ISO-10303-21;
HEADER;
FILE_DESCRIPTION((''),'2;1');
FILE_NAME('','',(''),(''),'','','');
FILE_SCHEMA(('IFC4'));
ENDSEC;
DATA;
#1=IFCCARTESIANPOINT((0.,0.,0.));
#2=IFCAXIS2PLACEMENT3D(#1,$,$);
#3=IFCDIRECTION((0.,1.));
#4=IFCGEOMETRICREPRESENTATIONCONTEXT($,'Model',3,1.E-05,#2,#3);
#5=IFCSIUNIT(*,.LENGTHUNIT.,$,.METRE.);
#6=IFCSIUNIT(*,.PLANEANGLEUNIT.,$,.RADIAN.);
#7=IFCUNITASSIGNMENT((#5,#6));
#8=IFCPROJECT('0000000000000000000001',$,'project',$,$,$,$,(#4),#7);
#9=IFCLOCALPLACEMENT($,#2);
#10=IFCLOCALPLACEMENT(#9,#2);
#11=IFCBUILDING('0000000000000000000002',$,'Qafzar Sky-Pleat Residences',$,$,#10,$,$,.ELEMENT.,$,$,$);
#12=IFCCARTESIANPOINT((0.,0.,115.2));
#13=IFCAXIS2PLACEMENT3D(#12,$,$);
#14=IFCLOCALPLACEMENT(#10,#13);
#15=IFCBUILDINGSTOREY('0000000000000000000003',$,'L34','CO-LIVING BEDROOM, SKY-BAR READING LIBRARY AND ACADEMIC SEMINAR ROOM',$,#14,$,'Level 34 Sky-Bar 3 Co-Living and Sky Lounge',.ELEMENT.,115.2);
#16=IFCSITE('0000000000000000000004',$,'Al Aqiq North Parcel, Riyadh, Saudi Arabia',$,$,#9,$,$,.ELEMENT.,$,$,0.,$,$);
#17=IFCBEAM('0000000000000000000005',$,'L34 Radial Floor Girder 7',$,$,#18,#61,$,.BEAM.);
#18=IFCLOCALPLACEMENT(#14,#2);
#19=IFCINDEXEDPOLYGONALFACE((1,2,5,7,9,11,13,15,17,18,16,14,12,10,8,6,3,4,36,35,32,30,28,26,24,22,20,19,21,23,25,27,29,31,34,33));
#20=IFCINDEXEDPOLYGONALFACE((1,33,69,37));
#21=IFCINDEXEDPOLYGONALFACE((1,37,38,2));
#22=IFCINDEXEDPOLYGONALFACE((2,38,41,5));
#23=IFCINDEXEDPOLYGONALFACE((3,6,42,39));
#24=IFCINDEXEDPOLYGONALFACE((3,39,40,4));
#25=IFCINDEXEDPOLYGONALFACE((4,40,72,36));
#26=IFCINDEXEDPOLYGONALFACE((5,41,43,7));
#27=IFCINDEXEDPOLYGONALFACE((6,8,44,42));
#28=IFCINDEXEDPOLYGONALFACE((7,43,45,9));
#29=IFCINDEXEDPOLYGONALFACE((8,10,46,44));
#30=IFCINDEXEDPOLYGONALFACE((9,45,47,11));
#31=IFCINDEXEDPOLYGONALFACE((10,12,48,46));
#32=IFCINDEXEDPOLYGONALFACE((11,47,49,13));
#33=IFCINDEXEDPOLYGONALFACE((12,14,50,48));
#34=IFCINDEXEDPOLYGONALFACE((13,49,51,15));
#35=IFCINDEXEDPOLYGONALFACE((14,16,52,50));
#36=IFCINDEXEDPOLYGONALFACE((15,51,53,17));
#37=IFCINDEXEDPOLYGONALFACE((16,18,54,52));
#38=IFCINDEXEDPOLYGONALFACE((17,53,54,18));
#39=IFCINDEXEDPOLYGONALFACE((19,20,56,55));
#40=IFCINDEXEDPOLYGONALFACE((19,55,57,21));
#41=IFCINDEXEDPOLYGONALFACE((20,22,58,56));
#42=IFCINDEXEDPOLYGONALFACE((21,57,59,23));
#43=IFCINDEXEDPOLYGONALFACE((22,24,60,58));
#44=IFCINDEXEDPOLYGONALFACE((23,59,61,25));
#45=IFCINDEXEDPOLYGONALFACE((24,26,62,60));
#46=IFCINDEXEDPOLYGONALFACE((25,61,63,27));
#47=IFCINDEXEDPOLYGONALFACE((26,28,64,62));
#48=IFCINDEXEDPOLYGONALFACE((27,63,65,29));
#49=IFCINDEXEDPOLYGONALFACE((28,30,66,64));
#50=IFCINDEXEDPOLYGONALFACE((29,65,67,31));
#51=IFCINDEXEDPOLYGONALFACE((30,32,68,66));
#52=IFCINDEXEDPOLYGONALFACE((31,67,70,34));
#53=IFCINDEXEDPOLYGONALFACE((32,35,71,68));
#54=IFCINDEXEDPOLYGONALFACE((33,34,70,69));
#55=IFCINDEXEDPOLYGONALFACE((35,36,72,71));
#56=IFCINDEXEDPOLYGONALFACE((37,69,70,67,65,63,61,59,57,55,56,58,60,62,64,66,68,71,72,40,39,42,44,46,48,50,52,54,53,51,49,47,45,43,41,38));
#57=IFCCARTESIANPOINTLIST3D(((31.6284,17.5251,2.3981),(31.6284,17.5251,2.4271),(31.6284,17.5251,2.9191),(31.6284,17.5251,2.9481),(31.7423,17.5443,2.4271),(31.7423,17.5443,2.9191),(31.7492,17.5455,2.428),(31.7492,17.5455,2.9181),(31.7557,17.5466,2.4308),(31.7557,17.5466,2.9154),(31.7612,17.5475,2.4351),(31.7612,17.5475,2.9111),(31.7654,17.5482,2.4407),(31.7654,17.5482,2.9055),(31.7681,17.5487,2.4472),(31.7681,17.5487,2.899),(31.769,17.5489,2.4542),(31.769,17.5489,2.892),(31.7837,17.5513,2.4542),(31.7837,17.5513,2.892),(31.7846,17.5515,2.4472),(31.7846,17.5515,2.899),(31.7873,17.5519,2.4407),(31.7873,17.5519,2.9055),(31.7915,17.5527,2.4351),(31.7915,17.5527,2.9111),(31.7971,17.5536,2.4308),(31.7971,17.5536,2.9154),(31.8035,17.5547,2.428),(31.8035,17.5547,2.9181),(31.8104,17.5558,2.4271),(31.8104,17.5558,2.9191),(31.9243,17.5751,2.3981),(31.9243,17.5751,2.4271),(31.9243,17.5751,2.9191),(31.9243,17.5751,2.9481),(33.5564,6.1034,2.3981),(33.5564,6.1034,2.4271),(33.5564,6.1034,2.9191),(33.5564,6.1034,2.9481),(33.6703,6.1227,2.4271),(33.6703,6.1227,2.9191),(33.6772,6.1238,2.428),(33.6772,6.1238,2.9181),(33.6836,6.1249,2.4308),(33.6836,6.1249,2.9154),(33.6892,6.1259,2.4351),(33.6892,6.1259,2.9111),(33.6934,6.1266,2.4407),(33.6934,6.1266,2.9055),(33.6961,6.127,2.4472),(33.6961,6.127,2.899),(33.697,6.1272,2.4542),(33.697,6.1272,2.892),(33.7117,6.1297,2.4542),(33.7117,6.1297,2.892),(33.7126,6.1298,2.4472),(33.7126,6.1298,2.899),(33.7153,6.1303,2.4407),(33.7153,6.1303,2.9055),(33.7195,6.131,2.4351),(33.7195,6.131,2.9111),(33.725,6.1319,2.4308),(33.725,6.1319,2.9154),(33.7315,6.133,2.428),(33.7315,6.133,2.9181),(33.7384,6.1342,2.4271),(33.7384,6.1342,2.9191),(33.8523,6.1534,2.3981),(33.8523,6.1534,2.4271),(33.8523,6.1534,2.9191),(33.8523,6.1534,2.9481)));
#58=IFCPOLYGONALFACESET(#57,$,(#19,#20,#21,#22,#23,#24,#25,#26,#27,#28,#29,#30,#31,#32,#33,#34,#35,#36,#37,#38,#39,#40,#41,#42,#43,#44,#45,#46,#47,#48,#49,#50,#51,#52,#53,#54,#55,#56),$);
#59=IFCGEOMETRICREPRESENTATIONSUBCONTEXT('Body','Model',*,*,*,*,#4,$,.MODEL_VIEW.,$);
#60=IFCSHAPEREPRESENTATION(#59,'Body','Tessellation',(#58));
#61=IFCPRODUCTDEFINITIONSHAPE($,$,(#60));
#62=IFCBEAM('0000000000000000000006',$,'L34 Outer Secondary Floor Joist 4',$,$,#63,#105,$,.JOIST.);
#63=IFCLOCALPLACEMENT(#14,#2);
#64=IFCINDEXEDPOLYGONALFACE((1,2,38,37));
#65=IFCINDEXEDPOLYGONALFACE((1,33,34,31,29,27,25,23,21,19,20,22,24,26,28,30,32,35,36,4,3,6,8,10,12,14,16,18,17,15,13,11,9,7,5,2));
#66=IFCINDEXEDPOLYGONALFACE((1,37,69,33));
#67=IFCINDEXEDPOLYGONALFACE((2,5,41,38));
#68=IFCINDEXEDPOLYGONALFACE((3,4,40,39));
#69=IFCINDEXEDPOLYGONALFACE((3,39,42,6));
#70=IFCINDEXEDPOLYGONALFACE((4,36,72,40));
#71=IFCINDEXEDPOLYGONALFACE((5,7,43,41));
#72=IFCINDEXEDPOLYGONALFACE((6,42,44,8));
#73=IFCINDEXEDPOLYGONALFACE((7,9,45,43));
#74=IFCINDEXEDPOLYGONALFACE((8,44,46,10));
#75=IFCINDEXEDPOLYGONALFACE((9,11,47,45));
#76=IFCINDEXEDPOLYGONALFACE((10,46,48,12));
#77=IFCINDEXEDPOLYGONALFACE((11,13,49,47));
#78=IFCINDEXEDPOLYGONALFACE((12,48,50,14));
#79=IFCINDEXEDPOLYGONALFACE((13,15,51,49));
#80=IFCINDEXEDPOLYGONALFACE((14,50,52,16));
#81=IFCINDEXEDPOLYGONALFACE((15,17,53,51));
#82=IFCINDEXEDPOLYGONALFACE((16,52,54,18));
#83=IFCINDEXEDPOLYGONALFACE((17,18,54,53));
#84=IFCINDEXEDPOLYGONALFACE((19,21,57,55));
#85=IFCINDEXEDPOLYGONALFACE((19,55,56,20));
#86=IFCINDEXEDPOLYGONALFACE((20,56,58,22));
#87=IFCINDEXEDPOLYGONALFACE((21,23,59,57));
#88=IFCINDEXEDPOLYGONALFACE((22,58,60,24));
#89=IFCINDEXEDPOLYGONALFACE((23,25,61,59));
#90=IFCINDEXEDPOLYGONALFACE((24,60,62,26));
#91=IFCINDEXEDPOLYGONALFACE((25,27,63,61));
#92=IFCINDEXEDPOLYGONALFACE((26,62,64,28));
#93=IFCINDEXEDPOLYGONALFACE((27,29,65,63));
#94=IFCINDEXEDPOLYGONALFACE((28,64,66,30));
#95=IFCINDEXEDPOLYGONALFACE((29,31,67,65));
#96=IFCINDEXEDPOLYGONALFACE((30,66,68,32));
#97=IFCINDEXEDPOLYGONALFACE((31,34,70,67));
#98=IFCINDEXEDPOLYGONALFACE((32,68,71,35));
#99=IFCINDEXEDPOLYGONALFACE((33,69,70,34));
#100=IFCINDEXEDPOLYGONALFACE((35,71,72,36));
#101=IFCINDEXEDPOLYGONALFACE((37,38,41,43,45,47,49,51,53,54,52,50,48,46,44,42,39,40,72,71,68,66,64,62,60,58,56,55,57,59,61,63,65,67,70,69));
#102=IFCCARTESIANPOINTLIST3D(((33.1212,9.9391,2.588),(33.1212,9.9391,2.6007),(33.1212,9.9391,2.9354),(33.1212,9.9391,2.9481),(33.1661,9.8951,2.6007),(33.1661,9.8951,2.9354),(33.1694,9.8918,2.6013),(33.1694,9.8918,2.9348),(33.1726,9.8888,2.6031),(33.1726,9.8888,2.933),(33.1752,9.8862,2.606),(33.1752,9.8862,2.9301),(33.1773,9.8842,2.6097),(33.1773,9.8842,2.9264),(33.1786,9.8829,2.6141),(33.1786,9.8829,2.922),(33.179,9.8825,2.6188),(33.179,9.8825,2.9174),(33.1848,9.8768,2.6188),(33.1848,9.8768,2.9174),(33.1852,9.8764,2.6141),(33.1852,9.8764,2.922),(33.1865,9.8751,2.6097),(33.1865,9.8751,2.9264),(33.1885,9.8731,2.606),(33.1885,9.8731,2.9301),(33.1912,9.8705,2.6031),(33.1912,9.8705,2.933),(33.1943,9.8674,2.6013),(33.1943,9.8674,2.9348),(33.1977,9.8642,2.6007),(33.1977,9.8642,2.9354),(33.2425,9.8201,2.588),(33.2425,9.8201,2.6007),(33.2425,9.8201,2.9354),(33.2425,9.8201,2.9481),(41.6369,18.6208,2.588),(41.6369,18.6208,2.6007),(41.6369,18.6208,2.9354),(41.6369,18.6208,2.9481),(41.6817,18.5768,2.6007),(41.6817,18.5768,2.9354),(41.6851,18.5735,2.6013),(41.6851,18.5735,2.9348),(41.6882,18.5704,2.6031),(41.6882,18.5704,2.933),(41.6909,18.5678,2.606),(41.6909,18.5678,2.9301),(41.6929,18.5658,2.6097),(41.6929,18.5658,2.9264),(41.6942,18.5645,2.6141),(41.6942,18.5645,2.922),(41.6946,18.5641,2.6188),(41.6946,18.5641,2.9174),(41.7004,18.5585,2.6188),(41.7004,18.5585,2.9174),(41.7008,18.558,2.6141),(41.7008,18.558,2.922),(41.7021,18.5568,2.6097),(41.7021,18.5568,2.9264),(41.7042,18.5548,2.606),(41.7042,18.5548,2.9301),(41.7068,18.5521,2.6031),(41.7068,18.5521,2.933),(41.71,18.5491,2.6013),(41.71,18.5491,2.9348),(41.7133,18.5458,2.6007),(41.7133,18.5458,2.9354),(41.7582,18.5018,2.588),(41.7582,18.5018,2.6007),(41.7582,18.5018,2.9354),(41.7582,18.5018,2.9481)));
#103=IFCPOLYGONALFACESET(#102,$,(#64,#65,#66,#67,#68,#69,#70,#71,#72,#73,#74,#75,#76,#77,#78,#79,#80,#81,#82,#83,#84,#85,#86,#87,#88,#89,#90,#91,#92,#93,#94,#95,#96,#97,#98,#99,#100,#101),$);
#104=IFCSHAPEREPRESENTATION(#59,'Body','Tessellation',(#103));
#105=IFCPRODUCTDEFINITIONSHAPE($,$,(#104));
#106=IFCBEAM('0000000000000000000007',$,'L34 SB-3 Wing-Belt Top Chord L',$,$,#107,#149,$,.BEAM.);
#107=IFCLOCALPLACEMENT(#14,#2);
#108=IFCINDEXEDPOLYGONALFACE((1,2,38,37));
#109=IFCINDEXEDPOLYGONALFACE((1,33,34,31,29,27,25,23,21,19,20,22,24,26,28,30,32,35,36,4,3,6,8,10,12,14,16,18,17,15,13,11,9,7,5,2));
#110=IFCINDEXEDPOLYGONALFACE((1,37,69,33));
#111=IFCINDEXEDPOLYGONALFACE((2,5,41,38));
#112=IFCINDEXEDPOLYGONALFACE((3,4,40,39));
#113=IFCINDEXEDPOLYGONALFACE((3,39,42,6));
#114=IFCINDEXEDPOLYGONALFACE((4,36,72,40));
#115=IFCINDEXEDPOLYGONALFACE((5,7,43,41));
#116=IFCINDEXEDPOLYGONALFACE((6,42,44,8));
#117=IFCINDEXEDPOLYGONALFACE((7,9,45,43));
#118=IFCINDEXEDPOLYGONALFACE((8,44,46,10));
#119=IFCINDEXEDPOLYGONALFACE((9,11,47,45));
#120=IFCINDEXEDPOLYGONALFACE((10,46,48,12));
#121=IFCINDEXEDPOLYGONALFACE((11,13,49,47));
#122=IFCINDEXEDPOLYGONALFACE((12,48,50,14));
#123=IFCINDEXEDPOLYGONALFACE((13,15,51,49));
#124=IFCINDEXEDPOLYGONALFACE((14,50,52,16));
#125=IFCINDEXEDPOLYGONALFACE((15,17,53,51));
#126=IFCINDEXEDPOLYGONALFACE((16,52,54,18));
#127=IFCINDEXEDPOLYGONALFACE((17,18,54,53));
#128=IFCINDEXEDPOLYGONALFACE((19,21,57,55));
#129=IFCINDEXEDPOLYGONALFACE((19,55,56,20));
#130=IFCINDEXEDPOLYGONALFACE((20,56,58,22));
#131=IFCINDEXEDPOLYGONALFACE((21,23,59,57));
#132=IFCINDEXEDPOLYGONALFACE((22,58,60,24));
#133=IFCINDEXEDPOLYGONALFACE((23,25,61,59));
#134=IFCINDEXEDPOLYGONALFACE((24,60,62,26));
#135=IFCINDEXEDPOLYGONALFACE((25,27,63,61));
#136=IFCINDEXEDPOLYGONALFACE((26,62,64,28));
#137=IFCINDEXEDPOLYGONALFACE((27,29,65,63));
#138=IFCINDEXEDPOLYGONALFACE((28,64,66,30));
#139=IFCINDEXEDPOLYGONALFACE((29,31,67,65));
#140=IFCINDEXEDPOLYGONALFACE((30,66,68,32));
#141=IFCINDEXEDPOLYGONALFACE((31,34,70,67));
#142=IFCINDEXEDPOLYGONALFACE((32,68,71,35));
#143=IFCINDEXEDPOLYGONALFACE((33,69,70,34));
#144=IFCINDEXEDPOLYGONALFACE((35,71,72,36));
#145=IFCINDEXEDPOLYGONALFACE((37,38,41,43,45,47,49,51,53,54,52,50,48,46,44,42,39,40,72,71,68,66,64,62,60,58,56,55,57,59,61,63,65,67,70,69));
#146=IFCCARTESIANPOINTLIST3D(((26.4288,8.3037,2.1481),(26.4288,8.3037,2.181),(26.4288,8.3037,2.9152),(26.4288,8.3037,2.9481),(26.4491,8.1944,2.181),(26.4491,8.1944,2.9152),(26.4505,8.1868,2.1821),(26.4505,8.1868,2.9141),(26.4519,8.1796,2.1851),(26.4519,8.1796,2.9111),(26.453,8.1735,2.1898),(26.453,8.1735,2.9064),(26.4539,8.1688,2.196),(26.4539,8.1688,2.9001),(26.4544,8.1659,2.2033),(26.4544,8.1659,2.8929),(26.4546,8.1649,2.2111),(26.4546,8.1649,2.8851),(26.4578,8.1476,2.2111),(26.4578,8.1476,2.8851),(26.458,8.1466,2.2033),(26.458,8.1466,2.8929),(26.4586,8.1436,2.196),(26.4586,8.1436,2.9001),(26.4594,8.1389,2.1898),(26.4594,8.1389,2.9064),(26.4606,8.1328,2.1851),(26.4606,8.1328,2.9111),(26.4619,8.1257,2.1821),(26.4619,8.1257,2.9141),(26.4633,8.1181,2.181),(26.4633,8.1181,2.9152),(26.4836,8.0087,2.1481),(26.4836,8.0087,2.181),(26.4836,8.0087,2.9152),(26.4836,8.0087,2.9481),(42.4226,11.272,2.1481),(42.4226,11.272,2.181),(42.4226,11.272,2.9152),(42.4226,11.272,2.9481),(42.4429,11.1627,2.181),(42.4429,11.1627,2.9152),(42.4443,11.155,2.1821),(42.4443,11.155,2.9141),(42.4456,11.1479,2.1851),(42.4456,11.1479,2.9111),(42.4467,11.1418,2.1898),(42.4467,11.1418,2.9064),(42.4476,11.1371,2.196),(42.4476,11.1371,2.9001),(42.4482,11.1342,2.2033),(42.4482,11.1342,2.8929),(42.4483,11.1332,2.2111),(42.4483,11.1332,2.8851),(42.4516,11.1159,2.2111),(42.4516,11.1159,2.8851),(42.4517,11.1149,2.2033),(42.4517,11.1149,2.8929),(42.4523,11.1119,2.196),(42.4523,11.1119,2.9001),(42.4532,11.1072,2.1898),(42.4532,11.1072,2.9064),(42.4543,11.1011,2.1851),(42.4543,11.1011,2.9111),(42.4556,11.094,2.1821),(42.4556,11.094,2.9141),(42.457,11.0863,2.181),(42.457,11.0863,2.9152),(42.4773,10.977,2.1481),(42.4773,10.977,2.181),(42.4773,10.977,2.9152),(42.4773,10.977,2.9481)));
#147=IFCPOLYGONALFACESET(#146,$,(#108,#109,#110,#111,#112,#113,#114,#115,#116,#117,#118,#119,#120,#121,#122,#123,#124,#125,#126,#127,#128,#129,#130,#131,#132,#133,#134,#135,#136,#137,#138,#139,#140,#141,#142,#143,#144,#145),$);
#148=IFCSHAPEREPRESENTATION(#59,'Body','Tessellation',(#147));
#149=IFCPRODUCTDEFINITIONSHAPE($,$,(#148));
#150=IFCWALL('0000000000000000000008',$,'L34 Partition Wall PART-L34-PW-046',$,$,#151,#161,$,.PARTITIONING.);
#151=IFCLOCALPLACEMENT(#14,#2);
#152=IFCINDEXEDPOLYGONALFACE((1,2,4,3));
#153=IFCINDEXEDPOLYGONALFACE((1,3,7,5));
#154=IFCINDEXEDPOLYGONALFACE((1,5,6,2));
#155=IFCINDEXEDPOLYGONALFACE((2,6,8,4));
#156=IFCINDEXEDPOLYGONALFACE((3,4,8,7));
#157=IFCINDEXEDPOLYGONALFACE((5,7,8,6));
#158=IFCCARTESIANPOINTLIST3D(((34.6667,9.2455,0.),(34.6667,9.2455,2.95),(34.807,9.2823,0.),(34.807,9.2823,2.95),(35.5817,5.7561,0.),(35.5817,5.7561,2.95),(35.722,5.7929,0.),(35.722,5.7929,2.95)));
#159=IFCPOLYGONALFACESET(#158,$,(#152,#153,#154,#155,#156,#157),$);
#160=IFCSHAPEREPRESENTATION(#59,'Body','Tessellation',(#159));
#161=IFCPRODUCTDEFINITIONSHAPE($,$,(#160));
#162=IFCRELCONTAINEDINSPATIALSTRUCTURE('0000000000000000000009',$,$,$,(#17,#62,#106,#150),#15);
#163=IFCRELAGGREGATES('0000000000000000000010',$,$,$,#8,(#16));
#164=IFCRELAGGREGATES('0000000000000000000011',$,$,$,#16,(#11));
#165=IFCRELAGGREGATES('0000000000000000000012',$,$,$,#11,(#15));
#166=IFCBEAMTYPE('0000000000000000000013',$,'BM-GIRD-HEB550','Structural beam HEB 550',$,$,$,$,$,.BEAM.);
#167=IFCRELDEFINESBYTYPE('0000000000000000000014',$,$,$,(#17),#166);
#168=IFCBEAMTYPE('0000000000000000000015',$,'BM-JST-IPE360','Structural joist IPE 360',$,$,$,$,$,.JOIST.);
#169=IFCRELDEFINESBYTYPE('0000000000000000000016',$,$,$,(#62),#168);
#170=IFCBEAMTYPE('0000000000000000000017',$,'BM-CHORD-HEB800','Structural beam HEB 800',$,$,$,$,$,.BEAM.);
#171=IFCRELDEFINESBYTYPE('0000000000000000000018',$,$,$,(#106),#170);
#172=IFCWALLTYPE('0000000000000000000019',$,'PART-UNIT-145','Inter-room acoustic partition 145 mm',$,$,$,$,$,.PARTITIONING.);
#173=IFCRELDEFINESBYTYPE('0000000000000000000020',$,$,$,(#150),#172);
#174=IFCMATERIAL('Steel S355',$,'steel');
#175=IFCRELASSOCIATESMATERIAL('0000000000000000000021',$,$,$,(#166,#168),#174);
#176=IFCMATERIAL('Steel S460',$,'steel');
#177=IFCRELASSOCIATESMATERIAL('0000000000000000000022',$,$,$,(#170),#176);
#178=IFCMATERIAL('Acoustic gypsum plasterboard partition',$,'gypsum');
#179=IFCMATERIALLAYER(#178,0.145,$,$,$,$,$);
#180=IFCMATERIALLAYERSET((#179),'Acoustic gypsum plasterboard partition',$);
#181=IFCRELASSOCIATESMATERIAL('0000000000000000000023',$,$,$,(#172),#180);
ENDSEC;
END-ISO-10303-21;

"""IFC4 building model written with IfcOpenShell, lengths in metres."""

from ifc_helpers import new_model, si_unit, direction, frame, frame_2d, origin, origin_2d, place, context, subcontext, project, spatial, rectangle, i_section, extrude, source, transform, mapped, material, layer, layer_set, material_profile, profile_set, type_object, element, save


model = new_model("IFC4")

# Units and contexts
model_context = context("Model", 3, precision=1e-05, world=origin(), true_north=direction((0.0, 1.0)))
body_context = subcontext(model_context, "Body", "Model", "MODEL_VIEW")
ifc_project = project(units=[si_unit("LENGTHUNIT", "METRE"), si_unit("PLANEANGLEUNIT", "RADIAN")], contexts=[model_context])

# Site, building, storey
site_placement = place(None, origin())
site = spatial("IfcSite", under=ifc_project, at=site_placement, Name="Al Aqiq North Parcel, Riyadh, Saudi Arabia", CompositionType="ELEMENT", RefElevation=0.0)
building_placement = place(site_placement, origin())
building = spatial("IfcBuilding", under=site, at=building_placement, Name="Qafzar Sky-Pleat Residences", CompositionType="ELEMENT")
storey_placement = place(building_placement, frame((0.0, 0.0, 115.2)))
storey = spatial("IfcBuildingStorey", under=building, at=storey_placement, Name="L34", Description="CO-LIVING BEDROOM, SKY-BAR READING LIBRARY AND ACADEMIC SEMINAR ROOM", LongName="Level 34 Sky-Bar 3 Co-Living and Sky Lounge", CompositionType="ELEMENT", Elevation=115.2)

# Shared definitions
ifc_material_1 = material(Name="Steel S460", Category="steel")

# Beams
ifc_material_2 = material(Name="Steel S355", Category="steel")
ifc_material_profile_1 = material_profile(ifc_material_2, i_section(OverallWidth=0.3, OverallDepth=0.55, WebThickness=0.0149, FlangeThickness=0.0291, FilletRadius=0.0271, at=origin_2d()), Name="HEB 550")
ifc_profile_set_1 = profile_set([ifc_material_profile_1], Name="Steel S355")
beam_type_1 = type_object("IfcBeamType", Name="BM-GIRD-HEB550", Description="Structural beam HEB 550", PredefinedType="BEAM", material=ifc_profile_set_1)
shared_shape_1 = source(origin(), body_context, "Body", "SweptSolid", [
    extrude(i_section(OverallWidth=0.3, OverallDepth=0.55, WebThickness=0.0149, FlangeThickness=0.0291, FilletRadius=0.0271, at=origin_2d()), origin(), (0.0, 0.0, 1.0), 11.5833),
])
beam_1_placement = place(storey_placement, frame((33.7043, 6.1284, 2.6731), z_axis=(-0.166446, 0.986051, 0.0), x_axis=(-0.986051, -0.166446, 0.0)))
element("IfcBeam", 1, at=beam_1_placement, inside=storey, type_object=beam_type_1, Name="L34 Radial Floor Girder 7", PredefinedType="BEAM", context=body_context, shape_type="MappedRepresentation", body=[
    mapped(shared_shape_1, transform((0.0, 0.0, 0.0), x_axis=(1.0, 0.0, 0.0), y_axis=(0.0, 1.0, 0.0), z_axis=(0.0, 0.0, 1.0), scale=1.0)),
])
ifc_material_profile_2 = material_profile(ifc_material_2, i_section(OverallWidth=0.1699, OverallDepth=0.3601, WebThickness=0.0081, FlangeThickness=0.0127, FilletRadius=0.0181, at=origin_2d()), Name="IPE 360")
ifc_profile_set_2 = profile_set([ifc_material_profile_2], Name="Steel S355")
beam_type_2 = type_object("IfcBeamType", Name="BM-JST-IPE360", Description="Structural joist IPE 360", PredefinedType="JOIST", material=ifc_profile_set_2)
shared_shape_2 = source(origin(), body_context, "Body", "SweptSolid", [
    extrude(i_section(OverallWidth=0.1699, OverallDepth=0.3601, WebThickness=0.0081, FlangeThickness=0.0127, FilletRadius=0.0181, at=origin_2d()), origin(), (0.0, 0.0, 1.0), 12.1609),
])
beam_2_placement = place(storey_placement, frame((33.1819, 9.8796, 2.7681), z_axis=(0.700248, 0.7139, 0.0), x_axis=(-0.7139, 0.700248, 0.0)))
element("IfcBeam", 2, at=beam_2_placement, inside=storey, type_object=beam_type_2, Name="L34 Outer Secondary Floor Joist 4", PredefinedType="JOIST", context=body_context, shape_type="MappedRepresentation", body=[
    mapped(shared_shape_2, transform((0.0, 0.0, 0.0), x_axis=(1.0, 0.0, 0.0), y_axis=(0.0, 1.0, 0.0), z_axis=(0.0, 0.0, 1.0), scale=1.0)),
])
ifc_material_profile_3 = material_profile(ifc_material_1, i_section(OverallWidth=0.3, OverallDepth=0.8, WebThickness=0.0176, FlangeThickness=0.033, FilletRadius=0.03, at=origin_2d()), Name="HEB 800")
ifc_profile_set_3 = profile_set([ifc_material_profile_3], Name="Steel S460")
beam_type_3 = type_object("IfcBeamType", Name="BM-CHORD-HEB800", Description="Structural beam HEB 800", PredefinedType="BEAM", material=ifc_profile_set_3)
shared_shape_3 = source(origin(), body_context, "Body", "SweptSolid", [
    extrude(i_section(OverallWidth=0.3, OverallDepth=0.8, WebThickness=0.0176, FlangeThickness=0.033, FilletRadius=0.03, at=origin_2d()), origin(), (0.0, 0.0, 1.0), 16.2668),
])
beam_3_placement = place(storey_placement, frame((42.45, 11.1245, 2.5481), z_axis=(-0.983211, -0.182474, 0.0), x_axis=(0.182474, -0.983211, 0.0)))
element("IfcBeam", 3, at=beam_3_placement, inside=storey, type_object=beam_type_3, Name="L34 SB-3 Wing-Belt Top Chord L", PredefinedType="BEAM", context=body_context, shape_type="MappedRepresentation", body=[
    mapped(shared_shape_3, transform((0.0, 0.0, 0.0), x_axis=(1.0, 0.0, 0.0), y_axis=(0.0, 1.0, 0.0), z_axis=(0.0, 0.0, 1.0), scale=1.0)),
])

# Wall
ifc_material_3 = material(Name="Acoustic gypsum plasterboard partition", Category="gypsum")
ifc_layer_1 = layer(ifc_material_3, 0.145)
ifc_layer_set_1 = layer_set([ifc_layer_1], Name="Acoustic gypsum plasterboard partition")
wall_type_1 = type_object("IfcWallType", Name="PART-UNIT-145", Description="Inter-room acoustic partition 145 mm", PredefinedType="PARTITIONING", material=ifc_layer_set_1)
wall_1_placement = place(storey_placement, frame((34.7368, 9.2639, 0.0), z_axis=(0.0, 0.0, 1.0), x_axis=(0.25365, -0.967296, 0.0)))
element("IfcWall", 4, at=wall_1_placement, inside=storey, type_object=wall_type_1, Name="L34 Partition Wall PART-L34-PW-046", PredefinedType="PARTITIONING", context=body_context, shape_type="SweptSolid", body=[
    extrude(rectangle(XDim=3.6074, YDim=0.145, at=frame_2d((1.8037, 0.0))), origin(), (0.0, 0.0, 1.0), 2.95),
])

save(model, "model.ifc")
